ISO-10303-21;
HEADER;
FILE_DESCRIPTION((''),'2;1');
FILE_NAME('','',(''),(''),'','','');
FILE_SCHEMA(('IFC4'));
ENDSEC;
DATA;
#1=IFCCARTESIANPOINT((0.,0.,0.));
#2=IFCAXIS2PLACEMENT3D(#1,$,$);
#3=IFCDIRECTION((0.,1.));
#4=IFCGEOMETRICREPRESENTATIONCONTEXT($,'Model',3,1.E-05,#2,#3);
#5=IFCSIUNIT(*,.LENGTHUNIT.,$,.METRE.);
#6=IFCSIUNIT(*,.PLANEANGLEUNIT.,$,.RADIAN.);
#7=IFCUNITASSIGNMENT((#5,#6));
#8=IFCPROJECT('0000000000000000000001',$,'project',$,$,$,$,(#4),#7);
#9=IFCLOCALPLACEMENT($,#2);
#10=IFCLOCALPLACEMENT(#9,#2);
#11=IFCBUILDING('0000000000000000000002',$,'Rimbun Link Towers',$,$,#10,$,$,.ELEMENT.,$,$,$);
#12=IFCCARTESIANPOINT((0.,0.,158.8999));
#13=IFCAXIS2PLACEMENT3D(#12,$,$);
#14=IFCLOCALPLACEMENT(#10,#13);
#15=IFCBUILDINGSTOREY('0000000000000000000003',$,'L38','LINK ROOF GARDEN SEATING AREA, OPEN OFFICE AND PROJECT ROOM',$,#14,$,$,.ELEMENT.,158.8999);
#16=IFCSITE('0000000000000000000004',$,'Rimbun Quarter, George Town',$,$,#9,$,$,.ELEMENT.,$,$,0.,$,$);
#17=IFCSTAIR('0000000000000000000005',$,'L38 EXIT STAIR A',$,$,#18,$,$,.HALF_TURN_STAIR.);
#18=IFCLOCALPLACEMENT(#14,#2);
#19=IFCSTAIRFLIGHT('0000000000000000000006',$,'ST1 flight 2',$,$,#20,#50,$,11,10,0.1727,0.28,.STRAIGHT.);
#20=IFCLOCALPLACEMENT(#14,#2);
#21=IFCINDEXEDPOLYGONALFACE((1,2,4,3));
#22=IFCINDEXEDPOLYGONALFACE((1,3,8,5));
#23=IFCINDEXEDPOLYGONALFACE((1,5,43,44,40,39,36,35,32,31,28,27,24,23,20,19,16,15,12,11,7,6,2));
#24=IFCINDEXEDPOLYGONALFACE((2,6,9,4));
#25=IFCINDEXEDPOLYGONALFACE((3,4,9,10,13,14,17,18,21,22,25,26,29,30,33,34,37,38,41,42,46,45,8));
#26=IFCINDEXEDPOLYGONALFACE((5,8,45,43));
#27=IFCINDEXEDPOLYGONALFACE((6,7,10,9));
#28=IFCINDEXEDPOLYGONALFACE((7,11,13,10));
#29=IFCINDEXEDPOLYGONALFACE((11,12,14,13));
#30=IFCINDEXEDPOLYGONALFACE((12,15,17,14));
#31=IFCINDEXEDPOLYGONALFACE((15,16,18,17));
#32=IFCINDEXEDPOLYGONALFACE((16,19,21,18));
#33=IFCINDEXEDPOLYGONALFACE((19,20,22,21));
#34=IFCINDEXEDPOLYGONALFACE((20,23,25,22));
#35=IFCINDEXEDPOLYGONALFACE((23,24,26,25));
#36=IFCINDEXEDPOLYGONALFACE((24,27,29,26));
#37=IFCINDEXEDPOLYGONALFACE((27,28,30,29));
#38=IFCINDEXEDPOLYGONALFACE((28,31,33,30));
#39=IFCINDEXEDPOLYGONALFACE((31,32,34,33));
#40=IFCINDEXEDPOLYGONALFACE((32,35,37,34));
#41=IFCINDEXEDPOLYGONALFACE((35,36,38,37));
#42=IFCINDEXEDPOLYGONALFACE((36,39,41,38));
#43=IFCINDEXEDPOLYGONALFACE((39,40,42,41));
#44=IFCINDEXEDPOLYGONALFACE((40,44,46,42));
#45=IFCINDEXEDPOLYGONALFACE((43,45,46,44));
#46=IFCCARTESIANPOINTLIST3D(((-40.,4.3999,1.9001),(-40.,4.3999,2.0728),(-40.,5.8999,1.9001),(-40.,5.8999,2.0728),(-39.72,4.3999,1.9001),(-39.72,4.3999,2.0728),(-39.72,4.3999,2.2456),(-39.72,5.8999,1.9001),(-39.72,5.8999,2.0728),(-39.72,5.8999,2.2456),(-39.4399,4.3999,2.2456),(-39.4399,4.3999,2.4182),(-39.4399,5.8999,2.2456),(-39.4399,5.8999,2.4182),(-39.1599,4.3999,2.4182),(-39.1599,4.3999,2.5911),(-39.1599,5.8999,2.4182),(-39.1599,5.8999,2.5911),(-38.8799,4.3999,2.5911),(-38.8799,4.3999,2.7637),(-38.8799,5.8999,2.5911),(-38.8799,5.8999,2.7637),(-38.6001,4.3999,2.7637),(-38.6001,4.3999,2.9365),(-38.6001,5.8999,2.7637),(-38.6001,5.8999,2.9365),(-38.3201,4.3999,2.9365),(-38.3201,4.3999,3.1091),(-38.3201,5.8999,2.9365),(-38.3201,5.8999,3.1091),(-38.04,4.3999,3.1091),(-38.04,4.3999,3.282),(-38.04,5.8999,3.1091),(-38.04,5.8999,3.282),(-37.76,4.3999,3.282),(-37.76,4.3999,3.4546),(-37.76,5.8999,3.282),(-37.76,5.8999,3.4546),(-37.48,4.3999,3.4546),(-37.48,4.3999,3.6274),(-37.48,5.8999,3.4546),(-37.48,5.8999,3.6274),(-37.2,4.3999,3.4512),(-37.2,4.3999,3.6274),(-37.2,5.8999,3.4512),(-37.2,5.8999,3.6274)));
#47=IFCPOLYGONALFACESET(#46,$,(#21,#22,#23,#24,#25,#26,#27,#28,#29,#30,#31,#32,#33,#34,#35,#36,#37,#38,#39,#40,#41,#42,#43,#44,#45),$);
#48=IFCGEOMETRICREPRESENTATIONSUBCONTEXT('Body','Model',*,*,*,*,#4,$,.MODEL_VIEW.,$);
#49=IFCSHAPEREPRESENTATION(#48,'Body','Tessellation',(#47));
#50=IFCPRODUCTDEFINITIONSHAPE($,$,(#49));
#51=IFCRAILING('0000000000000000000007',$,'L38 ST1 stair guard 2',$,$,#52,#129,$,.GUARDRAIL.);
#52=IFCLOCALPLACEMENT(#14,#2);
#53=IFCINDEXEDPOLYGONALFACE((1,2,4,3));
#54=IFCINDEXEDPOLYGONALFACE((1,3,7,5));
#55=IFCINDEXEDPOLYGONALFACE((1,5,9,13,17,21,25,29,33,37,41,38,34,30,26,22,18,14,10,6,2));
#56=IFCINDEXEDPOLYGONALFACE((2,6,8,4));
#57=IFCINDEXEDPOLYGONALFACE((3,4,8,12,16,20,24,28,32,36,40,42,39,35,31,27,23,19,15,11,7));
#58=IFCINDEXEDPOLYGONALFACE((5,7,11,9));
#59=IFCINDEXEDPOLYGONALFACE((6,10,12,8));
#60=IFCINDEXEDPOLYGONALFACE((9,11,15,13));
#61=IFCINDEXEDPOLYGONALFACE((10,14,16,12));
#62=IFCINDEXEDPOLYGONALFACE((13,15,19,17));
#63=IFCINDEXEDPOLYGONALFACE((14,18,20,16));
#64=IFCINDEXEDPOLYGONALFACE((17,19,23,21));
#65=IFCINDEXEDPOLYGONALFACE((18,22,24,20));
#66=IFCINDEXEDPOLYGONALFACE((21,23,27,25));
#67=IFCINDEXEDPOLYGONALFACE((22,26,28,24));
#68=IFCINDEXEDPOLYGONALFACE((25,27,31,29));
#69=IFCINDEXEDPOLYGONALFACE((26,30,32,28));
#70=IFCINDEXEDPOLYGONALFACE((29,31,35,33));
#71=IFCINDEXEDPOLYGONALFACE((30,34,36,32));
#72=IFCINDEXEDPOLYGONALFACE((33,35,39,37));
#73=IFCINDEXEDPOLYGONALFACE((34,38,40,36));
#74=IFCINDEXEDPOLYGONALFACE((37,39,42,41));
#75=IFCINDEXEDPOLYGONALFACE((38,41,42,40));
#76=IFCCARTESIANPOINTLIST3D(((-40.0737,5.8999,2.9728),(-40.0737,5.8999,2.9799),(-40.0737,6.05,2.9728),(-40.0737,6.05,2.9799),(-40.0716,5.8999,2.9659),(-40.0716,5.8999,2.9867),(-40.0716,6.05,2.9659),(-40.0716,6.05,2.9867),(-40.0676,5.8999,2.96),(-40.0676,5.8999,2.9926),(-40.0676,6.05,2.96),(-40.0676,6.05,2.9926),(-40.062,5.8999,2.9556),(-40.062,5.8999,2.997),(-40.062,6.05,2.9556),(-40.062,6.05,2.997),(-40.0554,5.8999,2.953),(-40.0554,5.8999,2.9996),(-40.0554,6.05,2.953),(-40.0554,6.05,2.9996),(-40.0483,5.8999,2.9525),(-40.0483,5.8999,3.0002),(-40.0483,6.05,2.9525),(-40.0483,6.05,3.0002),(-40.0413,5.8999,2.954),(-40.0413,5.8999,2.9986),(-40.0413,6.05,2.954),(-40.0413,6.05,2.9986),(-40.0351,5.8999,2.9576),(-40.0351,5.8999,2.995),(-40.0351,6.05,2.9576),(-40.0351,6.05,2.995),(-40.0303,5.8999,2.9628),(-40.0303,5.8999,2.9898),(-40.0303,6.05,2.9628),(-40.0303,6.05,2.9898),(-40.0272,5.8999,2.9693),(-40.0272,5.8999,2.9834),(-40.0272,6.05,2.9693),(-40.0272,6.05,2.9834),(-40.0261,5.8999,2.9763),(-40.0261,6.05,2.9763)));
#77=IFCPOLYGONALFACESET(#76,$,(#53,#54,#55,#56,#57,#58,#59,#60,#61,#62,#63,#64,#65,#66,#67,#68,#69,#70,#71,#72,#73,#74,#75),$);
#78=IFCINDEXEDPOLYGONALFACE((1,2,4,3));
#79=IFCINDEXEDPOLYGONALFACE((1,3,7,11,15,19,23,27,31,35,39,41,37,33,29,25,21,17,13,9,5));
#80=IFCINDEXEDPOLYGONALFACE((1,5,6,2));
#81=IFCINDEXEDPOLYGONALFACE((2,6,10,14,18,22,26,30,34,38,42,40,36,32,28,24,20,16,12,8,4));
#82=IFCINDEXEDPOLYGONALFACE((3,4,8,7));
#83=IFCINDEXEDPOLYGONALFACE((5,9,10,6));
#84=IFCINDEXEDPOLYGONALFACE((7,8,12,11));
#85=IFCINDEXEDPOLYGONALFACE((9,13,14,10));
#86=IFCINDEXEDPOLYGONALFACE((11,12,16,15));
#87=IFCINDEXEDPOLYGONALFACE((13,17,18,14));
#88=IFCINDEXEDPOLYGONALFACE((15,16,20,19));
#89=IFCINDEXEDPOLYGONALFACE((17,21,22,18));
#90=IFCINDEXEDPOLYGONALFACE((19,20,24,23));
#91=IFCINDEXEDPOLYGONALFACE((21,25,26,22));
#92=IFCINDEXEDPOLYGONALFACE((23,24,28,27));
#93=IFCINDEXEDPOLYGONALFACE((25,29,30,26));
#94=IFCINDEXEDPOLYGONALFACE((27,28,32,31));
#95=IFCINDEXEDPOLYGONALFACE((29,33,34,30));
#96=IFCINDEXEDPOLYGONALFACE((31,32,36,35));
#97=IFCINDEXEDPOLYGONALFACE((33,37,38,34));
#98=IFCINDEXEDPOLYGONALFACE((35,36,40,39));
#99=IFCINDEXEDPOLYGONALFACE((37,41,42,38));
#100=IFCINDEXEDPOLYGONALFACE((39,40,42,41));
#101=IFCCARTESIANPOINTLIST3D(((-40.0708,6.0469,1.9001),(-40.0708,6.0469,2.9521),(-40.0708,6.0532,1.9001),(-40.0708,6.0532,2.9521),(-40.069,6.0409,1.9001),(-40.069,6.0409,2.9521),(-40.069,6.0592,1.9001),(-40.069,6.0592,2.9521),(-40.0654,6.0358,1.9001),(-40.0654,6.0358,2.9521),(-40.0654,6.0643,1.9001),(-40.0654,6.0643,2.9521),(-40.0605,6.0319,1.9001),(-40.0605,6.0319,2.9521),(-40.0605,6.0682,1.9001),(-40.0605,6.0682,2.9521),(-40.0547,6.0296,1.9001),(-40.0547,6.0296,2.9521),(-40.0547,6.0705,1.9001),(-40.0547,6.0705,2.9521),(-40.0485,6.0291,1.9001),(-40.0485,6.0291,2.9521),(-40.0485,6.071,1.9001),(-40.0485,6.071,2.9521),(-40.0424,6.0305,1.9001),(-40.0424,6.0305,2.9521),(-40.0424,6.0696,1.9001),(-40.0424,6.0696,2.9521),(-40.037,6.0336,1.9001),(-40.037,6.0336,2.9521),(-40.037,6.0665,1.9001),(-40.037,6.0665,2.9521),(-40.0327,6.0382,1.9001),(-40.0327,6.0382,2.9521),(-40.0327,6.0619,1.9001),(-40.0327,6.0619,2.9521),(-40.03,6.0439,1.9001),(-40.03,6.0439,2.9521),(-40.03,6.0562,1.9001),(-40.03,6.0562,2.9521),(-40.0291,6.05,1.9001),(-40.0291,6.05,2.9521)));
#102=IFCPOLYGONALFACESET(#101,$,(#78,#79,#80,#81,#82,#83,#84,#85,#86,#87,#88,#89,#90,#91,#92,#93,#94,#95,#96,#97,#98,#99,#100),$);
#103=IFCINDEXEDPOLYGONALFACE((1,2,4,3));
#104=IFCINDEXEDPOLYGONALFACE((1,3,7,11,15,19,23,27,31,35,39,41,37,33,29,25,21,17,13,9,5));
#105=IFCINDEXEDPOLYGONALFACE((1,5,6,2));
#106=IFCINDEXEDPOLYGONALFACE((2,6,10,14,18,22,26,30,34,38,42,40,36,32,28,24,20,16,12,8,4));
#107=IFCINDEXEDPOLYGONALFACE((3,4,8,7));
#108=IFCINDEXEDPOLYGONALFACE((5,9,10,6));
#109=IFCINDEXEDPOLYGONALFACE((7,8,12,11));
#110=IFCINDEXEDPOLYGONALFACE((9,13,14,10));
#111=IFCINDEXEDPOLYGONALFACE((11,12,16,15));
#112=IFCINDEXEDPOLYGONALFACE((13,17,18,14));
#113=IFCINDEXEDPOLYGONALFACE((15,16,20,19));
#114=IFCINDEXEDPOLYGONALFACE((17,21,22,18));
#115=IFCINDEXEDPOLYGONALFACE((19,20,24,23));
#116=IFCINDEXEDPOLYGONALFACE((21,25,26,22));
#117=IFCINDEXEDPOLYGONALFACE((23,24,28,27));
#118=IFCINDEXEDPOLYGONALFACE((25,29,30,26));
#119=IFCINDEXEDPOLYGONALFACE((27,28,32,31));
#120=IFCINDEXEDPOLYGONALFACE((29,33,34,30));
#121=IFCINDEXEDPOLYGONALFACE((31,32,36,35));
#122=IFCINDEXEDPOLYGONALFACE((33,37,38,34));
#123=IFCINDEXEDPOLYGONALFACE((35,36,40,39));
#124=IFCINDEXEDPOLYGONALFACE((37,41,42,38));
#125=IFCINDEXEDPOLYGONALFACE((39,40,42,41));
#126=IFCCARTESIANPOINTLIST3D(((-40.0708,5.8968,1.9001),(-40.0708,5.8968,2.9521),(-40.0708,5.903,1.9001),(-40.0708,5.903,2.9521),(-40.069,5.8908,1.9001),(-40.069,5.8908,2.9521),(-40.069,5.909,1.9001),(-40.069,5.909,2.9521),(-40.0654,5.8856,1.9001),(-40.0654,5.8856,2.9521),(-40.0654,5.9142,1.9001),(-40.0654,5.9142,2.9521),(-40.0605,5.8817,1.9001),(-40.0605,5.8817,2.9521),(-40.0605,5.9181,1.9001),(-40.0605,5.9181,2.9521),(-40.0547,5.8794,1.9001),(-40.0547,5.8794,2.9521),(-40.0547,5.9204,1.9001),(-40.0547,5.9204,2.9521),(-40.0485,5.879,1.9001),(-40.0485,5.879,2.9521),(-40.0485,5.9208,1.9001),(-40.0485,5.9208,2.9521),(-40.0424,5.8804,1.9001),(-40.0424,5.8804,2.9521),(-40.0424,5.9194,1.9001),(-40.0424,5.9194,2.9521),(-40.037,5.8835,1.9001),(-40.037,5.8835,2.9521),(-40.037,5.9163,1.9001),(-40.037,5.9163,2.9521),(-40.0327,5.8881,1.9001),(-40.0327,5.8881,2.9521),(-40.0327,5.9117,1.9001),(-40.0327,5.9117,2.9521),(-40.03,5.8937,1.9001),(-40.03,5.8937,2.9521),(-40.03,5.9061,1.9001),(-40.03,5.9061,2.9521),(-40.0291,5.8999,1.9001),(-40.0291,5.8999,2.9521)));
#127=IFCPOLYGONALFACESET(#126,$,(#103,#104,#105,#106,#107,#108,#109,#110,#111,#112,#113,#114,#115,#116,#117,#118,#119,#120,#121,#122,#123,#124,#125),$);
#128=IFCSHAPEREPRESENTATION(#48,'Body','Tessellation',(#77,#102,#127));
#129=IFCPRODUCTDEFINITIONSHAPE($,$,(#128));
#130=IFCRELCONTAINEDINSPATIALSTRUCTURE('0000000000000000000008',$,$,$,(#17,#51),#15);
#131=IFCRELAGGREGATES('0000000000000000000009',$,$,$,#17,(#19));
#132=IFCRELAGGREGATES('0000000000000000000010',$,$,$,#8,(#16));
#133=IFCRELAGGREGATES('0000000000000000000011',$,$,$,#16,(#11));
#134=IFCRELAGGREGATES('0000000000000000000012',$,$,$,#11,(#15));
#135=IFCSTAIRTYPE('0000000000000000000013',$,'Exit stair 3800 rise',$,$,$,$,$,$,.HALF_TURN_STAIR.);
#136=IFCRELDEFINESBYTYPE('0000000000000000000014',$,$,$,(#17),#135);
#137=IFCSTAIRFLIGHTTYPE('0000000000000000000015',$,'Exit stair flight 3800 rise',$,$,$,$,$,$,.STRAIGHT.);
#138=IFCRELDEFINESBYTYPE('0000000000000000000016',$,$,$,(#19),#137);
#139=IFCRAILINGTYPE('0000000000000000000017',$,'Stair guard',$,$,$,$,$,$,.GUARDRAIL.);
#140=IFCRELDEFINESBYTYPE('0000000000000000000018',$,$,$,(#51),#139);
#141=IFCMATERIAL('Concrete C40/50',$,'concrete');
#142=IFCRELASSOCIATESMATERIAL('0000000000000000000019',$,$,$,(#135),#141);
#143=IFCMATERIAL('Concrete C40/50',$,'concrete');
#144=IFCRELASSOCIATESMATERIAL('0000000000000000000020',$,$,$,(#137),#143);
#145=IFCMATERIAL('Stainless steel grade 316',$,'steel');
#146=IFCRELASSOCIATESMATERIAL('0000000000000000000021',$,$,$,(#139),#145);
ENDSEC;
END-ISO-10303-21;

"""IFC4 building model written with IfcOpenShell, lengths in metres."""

from ifc_helpers import new_model, si_unit, direction, frame, origin, origin_2d, place, context, subcontext, project, spatial, polyline, circle, outline, extrude, material, type_object, element, aggregate, save


model = new_model("IFC4")

# Units and contexts
model_context = context("Model", 3, precision=1e-05, world=origin(), true_north=direction((0.0, 1.0)))
body_context = subcontext(model_context, "Body", "Model", "MODEL_VIEW")
ifc_project = project(units=[si_unit("LENGTHUNIT", "METRE"), si_unit("PLANEANGLEUNIT", "RADIAN")], contexts=[model_context])

# Site, building, storey
site_placement = place(None, origin())
site = spatial("IfcSite", under=ifc_project, at=site_placement, Name="Rimbun Quarter, George Town", CompositionType="ELEMENT", RefElevation=0.0)
building_placement = place(site_placement, origin())
building = spatial("IfcBuilding", under=site, at=building_placement, Name="Rimbun Link Towers", CompositionType="ELEMENT")
storey_placement = place(building_placement, frame((0.0, 0.0, 158.8999)))
storey = spatial("IfcBuildingStorey", under=building, at=storey_placement, Name="L38", Description="LINK ROOF GARDEN SEATING AREA, OPEN OFFICE AND PROJECT ROOM", CompositionType="ELEMENT", Elevation=158.8999)

# Stair, stair flight
ifc_material_1 = material(Name="Concrete C40/50", Category="concrete")
stair_type = type_object("IfcStairType", Name="Exit stair 3800 rise", PredefinedType="HALF_TURN_STAIR", material=ifc_material_1)
stair_placement = place(storey_placement, origin())
stair = element("IfcStair", 1, at=stair_placement, inside=storey, type_object=stair_type, Name="L38 EXIT STAIR A", PredefinedType="HALF_TURN_STAIR")
ifc_material_2 = material(Name="Concrete C40/50", Category="concrete")
stair_flight_type = type_object("IfcStairFlightType", Name="Exit stair flight 3800 rise", PredefinedType="STRAIGHT", material=ifc_material_2)
stair_flight_placement = place(storey_placement, frame((-40.0, 5.1499, 1.9001), z_axis=(0.0, 0.0, 1.0), x_axis=(1.0, 0.0, 0.0)))
stair_flight = element("IfcStairFlight", 2, at=stair_flight_placement, type_object=stair_flight_type, Name="ST1 flight 2", NumberOfRisers=11, NumberOfTreads=10, PredefinedType="STRAIGHT", RiserHeight=0.1727, TreadLength=0.28, context=body_context, shape_type="SweptSolid", body=[
    extrude(outline(polyline([(0.0, 0.0), (0.0, 0.1726), (0.28, 0.1726), (0.28, 0.3455), (0.5601, 0.3455), (0.5601, 0.5181), (0.8401, 0.5181), (0.8401, 0.6909), (1.1201, 0.6909), (1.1201, 0.8635), (1.3999, 0.8635), (1.3999, 1.0364), (1.6799, 1.0364), (1.6799, 1.209), (1.96, 1.209), (1.96, 1.3818), (2.24, 1.3818), (2.24, 1.5544), (2.52, 1.5544), (2.52, 1.7273), (2.8, 1.7273), (2.8, 1.8999), (2.8, 1.551), (0.28, 0.0), (0.0, 0.0)])), frame((0.0, 0.75, 0.0), z_axis=(0.0, -1.0, 0.0), x_axis=(1.0, 0.0, 0.0)), (0.0, 0.0, 1.0), 1.5),
])
aggregate(stair, [stair_flight])

# Railing
ifc_material_3 = material(Name="Stainless steel grade 316", Category="steel")
railing_type_1 = type_object("IfcRailingType", Name="Stair guard", PredefinedType="GUARDRAIL", material=ifc_material_3)
railing_1_placement = place(storey_placement, frame((-40.05, 6.05, 1.9001)))
element("IfcRailing", 3, at=railing_1_placement, inside=storey, type_object=railing_type_1, Name="L38 ST1 stair guard 2", PredefinedType="GUARDRAIL", context=body_context, shape_type="SweptSolid", body=[
    extrude(circle(Radius=0.0239, at=origin_2d()), frame((0.0, 0.0, 1.0762), z_axis=(0.0, -1.0, 0.0), x_axis=(1.0, 0.0, 0.0)), (0.0, 0.0, 1.0), 0.1501),
    extrude(circle(Radius=0.021, at=origin_2d()), origin(), (0.0, 0.0, 1.0), 1.052),
    extrude(circle(Radius=0.021, at=origin_2d()), frame((0.0, -0.1501, 0.0)), (0.0, 0.0, 1.0), 1.052),
])

save(model, "model.ifc")
